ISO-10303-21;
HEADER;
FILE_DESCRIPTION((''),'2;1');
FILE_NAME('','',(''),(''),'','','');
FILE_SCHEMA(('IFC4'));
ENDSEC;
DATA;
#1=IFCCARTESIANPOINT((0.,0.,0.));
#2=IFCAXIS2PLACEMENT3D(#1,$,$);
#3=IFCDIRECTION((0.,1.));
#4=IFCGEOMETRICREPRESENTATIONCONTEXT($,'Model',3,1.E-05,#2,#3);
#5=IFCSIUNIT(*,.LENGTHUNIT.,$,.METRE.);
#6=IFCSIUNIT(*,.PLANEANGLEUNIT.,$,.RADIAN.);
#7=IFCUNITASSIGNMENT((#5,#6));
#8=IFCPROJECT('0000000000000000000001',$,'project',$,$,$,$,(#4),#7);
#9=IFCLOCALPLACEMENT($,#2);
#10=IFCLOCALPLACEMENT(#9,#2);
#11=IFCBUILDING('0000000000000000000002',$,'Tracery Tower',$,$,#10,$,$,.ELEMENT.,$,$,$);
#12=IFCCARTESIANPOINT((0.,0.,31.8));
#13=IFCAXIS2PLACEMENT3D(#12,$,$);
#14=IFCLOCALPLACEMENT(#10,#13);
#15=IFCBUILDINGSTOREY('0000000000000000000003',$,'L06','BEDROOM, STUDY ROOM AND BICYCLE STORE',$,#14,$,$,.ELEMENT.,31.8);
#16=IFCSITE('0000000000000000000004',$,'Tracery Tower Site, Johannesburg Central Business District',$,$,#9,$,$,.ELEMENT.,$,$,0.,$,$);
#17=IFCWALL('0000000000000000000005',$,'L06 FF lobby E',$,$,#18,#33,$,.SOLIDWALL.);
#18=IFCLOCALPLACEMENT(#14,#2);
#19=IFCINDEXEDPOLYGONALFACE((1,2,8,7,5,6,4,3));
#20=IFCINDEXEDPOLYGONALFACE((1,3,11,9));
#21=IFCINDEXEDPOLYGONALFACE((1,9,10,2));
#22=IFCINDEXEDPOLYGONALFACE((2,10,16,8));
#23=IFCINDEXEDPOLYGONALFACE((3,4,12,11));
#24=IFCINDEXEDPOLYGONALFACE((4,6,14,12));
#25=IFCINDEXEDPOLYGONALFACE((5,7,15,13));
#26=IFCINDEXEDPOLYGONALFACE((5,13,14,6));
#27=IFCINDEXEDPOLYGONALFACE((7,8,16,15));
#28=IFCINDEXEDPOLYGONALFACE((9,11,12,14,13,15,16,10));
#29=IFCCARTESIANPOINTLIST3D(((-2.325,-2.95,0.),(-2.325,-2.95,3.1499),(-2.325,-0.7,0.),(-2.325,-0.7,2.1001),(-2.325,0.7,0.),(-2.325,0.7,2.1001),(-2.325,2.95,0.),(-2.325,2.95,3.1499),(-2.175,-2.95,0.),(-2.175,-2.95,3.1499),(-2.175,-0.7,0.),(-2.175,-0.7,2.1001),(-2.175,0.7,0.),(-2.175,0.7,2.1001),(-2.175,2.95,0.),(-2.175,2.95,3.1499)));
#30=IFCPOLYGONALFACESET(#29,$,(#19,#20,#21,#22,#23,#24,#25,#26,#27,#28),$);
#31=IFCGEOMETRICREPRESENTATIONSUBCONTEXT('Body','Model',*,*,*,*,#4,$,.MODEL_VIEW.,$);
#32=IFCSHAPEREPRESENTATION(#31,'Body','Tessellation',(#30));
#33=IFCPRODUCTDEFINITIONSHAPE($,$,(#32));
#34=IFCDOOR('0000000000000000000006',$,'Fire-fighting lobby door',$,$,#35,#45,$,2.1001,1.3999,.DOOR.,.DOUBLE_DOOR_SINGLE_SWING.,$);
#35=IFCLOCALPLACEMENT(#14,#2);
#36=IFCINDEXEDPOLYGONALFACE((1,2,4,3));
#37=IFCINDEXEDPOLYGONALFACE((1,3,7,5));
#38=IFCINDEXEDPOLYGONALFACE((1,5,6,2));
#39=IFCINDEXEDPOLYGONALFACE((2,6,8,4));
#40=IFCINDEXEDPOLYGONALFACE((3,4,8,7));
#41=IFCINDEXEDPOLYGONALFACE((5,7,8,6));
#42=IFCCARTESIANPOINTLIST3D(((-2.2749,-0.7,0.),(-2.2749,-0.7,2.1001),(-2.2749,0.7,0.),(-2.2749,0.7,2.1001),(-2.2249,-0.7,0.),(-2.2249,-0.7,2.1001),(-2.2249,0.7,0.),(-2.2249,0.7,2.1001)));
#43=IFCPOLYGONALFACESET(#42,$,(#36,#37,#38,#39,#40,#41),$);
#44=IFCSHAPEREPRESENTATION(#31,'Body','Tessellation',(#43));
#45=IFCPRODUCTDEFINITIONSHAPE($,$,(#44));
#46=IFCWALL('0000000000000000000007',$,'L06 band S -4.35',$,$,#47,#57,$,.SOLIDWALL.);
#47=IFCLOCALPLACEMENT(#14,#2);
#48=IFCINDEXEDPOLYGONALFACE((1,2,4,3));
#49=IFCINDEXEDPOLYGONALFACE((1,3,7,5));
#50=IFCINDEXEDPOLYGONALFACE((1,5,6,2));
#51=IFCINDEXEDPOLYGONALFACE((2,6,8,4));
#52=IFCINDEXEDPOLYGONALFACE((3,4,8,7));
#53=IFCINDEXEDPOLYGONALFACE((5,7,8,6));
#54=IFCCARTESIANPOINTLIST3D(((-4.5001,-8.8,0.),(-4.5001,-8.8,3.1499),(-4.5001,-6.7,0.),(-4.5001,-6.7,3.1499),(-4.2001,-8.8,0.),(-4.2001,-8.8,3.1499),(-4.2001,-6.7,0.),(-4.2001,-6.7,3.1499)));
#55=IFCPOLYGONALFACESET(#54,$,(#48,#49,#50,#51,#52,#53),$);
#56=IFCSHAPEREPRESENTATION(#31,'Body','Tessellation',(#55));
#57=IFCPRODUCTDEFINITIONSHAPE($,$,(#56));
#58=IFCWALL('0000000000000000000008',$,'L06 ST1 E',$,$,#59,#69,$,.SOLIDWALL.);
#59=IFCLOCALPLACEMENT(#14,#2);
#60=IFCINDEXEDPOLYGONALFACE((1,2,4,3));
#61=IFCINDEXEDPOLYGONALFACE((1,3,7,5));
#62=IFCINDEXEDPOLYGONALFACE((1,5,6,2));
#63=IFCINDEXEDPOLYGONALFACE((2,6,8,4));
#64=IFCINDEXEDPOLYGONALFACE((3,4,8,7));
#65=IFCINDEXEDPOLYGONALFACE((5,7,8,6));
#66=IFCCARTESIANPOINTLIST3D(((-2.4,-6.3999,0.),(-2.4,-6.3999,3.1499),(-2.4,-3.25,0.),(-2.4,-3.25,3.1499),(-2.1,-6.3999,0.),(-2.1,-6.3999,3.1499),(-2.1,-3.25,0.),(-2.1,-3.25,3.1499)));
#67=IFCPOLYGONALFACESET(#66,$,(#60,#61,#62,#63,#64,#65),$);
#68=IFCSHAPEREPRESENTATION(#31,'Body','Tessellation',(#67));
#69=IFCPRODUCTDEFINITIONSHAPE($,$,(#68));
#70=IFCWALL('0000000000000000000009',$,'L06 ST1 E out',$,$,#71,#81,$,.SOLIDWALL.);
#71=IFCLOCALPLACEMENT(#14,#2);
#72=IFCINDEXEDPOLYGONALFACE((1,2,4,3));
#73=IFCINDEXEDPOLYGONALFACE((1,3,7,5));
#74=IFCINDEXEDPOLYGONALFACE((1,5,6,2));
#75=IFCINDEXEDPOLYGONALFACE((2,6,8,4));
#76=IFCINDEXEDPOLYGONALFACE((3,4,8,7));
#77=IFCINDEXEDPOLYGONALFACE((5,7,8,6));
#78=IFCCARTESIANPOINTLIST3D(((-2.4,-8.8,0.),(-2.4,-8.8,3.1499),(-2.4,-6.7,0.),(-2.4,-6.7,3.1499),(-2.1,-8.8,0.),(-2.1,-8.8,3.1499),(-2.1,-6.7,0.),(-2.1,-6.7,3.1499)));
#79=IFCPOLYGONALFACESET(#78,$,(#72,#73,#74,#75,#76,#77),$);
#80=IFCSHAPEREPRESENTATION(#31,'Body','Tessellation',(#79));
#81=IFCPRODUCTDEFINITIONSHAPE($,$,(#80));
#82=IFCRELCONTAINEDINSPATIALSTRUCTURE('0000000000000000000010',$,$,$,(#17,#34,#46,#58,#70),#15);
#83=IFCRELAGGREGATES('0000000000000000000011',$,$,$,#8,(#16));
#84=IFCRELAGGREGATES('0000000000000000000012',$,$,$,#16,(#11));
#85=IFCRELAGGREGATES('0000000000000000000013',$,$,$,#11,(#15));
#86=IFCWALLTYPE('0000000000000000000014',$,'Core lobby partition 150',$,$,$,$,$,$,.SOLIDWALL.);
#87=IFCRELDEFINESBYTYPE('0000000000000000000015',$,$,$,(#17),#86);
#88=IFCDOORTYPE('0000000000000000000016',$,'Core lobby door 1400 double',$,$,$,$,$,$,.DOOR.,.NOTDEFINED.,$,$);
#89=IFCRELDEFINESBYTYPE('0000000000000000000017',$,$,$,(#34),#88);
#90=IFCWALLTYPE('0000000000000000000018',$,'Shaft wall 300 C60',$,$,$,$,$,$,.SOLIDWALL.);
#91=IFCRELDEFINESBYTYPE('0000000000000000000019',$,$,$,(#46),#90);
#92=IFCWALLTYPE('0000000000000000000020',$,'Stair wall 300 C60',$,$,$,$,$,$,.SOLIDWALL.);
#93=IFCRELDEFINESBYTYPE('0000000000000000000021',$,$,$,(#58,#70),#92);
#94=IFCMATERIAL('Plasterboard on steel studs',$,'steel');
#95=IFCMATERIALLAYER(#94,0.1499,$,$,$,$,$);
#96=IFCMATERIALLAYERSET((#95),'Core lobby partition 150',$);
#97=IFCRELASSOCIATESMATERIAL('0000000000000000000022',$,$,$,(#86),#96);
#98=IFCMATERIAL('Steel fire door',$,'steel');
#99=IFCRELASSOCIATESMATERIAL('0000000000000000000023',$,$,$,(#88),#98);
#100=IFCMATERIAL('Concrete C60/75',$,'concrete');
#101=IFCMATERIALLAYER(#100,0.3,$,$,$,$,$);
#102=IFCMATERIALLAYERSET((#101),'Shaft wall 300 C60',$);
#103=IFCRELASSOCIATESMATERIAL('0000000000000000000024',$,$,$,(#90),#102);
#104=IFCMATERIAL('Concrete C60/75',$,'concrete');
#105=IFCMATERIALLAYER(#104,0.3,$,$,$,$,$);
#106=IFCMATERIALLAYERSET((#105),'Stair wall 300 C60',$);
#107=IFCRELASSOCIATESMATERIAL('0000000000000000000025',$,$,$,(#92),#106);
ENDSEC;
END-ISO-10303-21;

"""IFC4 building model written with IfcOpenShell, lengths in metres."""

from ifc_helpers import new_model, si_unit, direction, frame, frame_2d, origin, place, context, subcontext, project, spatial, rectangle, extrude, material, layer, layer_set, type_object, element, fill, save


model = new_model("IFC4")

# Units and contexts
model_context = context("Model", 3, precision=1e-05, world=origin(), true_north=direction((0.0, 1.0)))
body_context = subcontext(model_context, "Body", "Model", "MODEL_VIEW")
ifc_project = project(units=[si_unit("LENGTHUNIT", "METRE"), si_unit("PLANEANGLEUNIT", "RADIAN")], contexts=[model_context])

# Site, building, storey
site_placement = place(None, origin())
site = spatial("IfcSite", under=ifc_project, at=site_placement, Name="Tracery Tower Site, Johannesburg Central Business District", CompositionType="ELEMENT", RefElevation=0.0)
building_placement = place(site_placement, origin())
building = spatial("IfcBuilding", under=site, at=building_placement, Name="Tracery Tower", CompositionType="ELEMENT")
storey_placement = place(building_placement, frame((0.0, 0.0, 31.8)))
storey = spatial("IfcBuildingStorey", under=building, at=storey_placement, Name="L06", Description="BEDROOM, STUDY ROOM AND BICYCLE STORE", CompositionType="ELEMENT", Elevation=31.8)

# Wall, opening, door
ifc_material_1 = material(Name="Plasterboard on steel studs", Category="steel")
ifc_layer_1 = layer(ifc_material_1, 0.1499)
ifc_layer_set_1 = layer_set([ifc_layer_1], Name="Core lobby partition 150")
wall_type_1 = type_object("IfcWallType", Name="Core lobby partition 150", PredefinedType="SOLIDWALL", material=ifc_layer_set_1)
wall_1_placement = place(storey_placement, frame((-2.25, -2.95, 0.0), z_axis=(0.0, 0.0, 1.0), x_axis=(0.0, 1.0, 0.0)))
wall_1 = element("IfcWall", 1, at=wall_1_placement, inside=storey, type_object=wall_type_1, Name="L06 FF lobby E", PredefinedType="SOLIDWALL", context=body_context, shape_type="SweptSolid", body=[
    extrude(rectangle(XDim=5.8999, YDim=0.1499, at=frame_2d((2.95, 0.0))), origin(), (0.0, 0.0, 1.0), 3.1499),
])
opening_1_placement = place(wall_1_placement, frame((2.25, 0.0, 0.0)))
opening_1 = element("IfcOpeningElement", 2, at=opening_1_placement, cuts=wall_1, PredefinedType="OPENING", context=body_context, shape_type="SweptSolid", body=[
    extrude(rectangle(XDim=1.3999, YDim=2.1001, at=frame_2d((0.7, 1.05))), frame((0.0, 0.075, 0.0), z_axis=(0.0, -1.0, 0.0), x_axis=(1.0, 0.0, 0.0)), (0.0, 0.0, 1.0), 0.1499),
])
ifc_material_2 = material(Name="Steel fire door", Category="steel")
door_type_1 = type_object("IfcDoorType", Name="Core lobby door 1400 double", OperationType="NOTDEFINED", PredefinedType="DOOR", material=ifc_material_2)
door_1_placement = place(opening_1_placement, origin())
door_1 = element("IfcDoor", 3, at=door_1_placement, inside=storey, type_object=door_type_1, Name="Fire-fighting lobby door", OperationType="DOUBLE_DOOR_SINGLE_SWING", OverallHeight=2.1001, OverallWidth=1.3999, PredefinedType="DOOR", context=body_context, shape_type="SweptSolid", body=[
    extrude(rectangle(XDim=1.3999, YDim=2.1001, at=frame_2d((0.7, 1.05))), frame((0.0, 0.0249, 0.0), z_axis=(0.0, -1.0, 0.0), x_axis=(1.0, 0.0, 0.0)), (0.0, 0.0, 1.0), 0.05),
])
fill(opening_1, door_1)

# Shared definitions
ifc_material_3 = material(Name="Concrete C60/75", Category="concrete")
ifc_layer_2 = layer(ifc_material_3, 0.3)
ifc_layer_set_2 = layer_set([ifc_layer_2], Name="Shaft wall 300 C60")
wall_type_2 = type_object("IfcWallType", Name="Shaft wall 300 C60", PredefinedType="SOLIDWALL", material=ifc_layer_set_2)

# Wall
wall_2_placement = place(storey_placement, frame((-4.3501, -8.8, 0.0), z_axis=(0.0, 0.0, 1.0), x_axis=(0.0, 1.0, 0.0)))
element("IfcWall", 4, at=wall_2_placement, inside=storey, type_object=wall_type_2, Name="L06 band S -4.35", PredefinedType="SOLIDWALL", context=body_context, shape_type="SweptSolid", body=[
    extrude(rectangle(XDim=2.1001, YDim=0.3, at=frame_2d((1.05, 0.0))), origin(), (0.0, 0.0, 1.0), 3.1499),
])

# Shared definitions
ifc_material_4 = material(Name="Concrete C60/75", Category="concrete")
ifc_layer_3 = layer(ifc_material_4, 0.3)
ifc_layer_set_3 = layer_set([ifc_layer_3], Name="Stair wall 300 C60")
wall_type_3 = type_object("IfcWallType", Name="Stair wall 300 C60", PredefinedType="SOLIDWALL", material=ifc_layer_set_3)

# Wall
wall_3_placement = place(storey_placement, frame((-2.25, -6.3999, 0.0), z_axis=(0.0, 0.0, 1.0), x_axis=(0.0, 1.0, 0.0)))
element("IfcWall", 5, at=wall_3_placement, inside=storey, type_object=wall_type_3, Name="L06 ST1 E", PredefinedType="SOLIDWALL", context=body_context, shape_type="SweptSolid", body=[
    extrude(rectangle(XDim=3.1499, YDim=0.3, at=frame_2d((1.575, 0.0))), origin(), (0.0, 0.0, 1.0), 3.1499),
])

# Wall
wall_4_placement = place(storey_placement, frame((-2.25, -8.8, 0.0), z_axis=(0.0, 0.0, 1.0), x_axis=(0.0, 1.0, 0.0)))
element("IfcWall", 6, at=wall_4_placement, inside=storey, type_object=wall_type_3, Name="L06 ST1 E out", PredefinedType="SOLIDWALL", context=body_context, shape_type="SweptSolid", body=[
    extrude(rectangle(XDim=2.1001, YDim=0.3, at=frame_2d((1.05, 0.0))), origin(), (0.0, 0.0, 1.0), 3.1499),
])

save(model, "model.ifc")
